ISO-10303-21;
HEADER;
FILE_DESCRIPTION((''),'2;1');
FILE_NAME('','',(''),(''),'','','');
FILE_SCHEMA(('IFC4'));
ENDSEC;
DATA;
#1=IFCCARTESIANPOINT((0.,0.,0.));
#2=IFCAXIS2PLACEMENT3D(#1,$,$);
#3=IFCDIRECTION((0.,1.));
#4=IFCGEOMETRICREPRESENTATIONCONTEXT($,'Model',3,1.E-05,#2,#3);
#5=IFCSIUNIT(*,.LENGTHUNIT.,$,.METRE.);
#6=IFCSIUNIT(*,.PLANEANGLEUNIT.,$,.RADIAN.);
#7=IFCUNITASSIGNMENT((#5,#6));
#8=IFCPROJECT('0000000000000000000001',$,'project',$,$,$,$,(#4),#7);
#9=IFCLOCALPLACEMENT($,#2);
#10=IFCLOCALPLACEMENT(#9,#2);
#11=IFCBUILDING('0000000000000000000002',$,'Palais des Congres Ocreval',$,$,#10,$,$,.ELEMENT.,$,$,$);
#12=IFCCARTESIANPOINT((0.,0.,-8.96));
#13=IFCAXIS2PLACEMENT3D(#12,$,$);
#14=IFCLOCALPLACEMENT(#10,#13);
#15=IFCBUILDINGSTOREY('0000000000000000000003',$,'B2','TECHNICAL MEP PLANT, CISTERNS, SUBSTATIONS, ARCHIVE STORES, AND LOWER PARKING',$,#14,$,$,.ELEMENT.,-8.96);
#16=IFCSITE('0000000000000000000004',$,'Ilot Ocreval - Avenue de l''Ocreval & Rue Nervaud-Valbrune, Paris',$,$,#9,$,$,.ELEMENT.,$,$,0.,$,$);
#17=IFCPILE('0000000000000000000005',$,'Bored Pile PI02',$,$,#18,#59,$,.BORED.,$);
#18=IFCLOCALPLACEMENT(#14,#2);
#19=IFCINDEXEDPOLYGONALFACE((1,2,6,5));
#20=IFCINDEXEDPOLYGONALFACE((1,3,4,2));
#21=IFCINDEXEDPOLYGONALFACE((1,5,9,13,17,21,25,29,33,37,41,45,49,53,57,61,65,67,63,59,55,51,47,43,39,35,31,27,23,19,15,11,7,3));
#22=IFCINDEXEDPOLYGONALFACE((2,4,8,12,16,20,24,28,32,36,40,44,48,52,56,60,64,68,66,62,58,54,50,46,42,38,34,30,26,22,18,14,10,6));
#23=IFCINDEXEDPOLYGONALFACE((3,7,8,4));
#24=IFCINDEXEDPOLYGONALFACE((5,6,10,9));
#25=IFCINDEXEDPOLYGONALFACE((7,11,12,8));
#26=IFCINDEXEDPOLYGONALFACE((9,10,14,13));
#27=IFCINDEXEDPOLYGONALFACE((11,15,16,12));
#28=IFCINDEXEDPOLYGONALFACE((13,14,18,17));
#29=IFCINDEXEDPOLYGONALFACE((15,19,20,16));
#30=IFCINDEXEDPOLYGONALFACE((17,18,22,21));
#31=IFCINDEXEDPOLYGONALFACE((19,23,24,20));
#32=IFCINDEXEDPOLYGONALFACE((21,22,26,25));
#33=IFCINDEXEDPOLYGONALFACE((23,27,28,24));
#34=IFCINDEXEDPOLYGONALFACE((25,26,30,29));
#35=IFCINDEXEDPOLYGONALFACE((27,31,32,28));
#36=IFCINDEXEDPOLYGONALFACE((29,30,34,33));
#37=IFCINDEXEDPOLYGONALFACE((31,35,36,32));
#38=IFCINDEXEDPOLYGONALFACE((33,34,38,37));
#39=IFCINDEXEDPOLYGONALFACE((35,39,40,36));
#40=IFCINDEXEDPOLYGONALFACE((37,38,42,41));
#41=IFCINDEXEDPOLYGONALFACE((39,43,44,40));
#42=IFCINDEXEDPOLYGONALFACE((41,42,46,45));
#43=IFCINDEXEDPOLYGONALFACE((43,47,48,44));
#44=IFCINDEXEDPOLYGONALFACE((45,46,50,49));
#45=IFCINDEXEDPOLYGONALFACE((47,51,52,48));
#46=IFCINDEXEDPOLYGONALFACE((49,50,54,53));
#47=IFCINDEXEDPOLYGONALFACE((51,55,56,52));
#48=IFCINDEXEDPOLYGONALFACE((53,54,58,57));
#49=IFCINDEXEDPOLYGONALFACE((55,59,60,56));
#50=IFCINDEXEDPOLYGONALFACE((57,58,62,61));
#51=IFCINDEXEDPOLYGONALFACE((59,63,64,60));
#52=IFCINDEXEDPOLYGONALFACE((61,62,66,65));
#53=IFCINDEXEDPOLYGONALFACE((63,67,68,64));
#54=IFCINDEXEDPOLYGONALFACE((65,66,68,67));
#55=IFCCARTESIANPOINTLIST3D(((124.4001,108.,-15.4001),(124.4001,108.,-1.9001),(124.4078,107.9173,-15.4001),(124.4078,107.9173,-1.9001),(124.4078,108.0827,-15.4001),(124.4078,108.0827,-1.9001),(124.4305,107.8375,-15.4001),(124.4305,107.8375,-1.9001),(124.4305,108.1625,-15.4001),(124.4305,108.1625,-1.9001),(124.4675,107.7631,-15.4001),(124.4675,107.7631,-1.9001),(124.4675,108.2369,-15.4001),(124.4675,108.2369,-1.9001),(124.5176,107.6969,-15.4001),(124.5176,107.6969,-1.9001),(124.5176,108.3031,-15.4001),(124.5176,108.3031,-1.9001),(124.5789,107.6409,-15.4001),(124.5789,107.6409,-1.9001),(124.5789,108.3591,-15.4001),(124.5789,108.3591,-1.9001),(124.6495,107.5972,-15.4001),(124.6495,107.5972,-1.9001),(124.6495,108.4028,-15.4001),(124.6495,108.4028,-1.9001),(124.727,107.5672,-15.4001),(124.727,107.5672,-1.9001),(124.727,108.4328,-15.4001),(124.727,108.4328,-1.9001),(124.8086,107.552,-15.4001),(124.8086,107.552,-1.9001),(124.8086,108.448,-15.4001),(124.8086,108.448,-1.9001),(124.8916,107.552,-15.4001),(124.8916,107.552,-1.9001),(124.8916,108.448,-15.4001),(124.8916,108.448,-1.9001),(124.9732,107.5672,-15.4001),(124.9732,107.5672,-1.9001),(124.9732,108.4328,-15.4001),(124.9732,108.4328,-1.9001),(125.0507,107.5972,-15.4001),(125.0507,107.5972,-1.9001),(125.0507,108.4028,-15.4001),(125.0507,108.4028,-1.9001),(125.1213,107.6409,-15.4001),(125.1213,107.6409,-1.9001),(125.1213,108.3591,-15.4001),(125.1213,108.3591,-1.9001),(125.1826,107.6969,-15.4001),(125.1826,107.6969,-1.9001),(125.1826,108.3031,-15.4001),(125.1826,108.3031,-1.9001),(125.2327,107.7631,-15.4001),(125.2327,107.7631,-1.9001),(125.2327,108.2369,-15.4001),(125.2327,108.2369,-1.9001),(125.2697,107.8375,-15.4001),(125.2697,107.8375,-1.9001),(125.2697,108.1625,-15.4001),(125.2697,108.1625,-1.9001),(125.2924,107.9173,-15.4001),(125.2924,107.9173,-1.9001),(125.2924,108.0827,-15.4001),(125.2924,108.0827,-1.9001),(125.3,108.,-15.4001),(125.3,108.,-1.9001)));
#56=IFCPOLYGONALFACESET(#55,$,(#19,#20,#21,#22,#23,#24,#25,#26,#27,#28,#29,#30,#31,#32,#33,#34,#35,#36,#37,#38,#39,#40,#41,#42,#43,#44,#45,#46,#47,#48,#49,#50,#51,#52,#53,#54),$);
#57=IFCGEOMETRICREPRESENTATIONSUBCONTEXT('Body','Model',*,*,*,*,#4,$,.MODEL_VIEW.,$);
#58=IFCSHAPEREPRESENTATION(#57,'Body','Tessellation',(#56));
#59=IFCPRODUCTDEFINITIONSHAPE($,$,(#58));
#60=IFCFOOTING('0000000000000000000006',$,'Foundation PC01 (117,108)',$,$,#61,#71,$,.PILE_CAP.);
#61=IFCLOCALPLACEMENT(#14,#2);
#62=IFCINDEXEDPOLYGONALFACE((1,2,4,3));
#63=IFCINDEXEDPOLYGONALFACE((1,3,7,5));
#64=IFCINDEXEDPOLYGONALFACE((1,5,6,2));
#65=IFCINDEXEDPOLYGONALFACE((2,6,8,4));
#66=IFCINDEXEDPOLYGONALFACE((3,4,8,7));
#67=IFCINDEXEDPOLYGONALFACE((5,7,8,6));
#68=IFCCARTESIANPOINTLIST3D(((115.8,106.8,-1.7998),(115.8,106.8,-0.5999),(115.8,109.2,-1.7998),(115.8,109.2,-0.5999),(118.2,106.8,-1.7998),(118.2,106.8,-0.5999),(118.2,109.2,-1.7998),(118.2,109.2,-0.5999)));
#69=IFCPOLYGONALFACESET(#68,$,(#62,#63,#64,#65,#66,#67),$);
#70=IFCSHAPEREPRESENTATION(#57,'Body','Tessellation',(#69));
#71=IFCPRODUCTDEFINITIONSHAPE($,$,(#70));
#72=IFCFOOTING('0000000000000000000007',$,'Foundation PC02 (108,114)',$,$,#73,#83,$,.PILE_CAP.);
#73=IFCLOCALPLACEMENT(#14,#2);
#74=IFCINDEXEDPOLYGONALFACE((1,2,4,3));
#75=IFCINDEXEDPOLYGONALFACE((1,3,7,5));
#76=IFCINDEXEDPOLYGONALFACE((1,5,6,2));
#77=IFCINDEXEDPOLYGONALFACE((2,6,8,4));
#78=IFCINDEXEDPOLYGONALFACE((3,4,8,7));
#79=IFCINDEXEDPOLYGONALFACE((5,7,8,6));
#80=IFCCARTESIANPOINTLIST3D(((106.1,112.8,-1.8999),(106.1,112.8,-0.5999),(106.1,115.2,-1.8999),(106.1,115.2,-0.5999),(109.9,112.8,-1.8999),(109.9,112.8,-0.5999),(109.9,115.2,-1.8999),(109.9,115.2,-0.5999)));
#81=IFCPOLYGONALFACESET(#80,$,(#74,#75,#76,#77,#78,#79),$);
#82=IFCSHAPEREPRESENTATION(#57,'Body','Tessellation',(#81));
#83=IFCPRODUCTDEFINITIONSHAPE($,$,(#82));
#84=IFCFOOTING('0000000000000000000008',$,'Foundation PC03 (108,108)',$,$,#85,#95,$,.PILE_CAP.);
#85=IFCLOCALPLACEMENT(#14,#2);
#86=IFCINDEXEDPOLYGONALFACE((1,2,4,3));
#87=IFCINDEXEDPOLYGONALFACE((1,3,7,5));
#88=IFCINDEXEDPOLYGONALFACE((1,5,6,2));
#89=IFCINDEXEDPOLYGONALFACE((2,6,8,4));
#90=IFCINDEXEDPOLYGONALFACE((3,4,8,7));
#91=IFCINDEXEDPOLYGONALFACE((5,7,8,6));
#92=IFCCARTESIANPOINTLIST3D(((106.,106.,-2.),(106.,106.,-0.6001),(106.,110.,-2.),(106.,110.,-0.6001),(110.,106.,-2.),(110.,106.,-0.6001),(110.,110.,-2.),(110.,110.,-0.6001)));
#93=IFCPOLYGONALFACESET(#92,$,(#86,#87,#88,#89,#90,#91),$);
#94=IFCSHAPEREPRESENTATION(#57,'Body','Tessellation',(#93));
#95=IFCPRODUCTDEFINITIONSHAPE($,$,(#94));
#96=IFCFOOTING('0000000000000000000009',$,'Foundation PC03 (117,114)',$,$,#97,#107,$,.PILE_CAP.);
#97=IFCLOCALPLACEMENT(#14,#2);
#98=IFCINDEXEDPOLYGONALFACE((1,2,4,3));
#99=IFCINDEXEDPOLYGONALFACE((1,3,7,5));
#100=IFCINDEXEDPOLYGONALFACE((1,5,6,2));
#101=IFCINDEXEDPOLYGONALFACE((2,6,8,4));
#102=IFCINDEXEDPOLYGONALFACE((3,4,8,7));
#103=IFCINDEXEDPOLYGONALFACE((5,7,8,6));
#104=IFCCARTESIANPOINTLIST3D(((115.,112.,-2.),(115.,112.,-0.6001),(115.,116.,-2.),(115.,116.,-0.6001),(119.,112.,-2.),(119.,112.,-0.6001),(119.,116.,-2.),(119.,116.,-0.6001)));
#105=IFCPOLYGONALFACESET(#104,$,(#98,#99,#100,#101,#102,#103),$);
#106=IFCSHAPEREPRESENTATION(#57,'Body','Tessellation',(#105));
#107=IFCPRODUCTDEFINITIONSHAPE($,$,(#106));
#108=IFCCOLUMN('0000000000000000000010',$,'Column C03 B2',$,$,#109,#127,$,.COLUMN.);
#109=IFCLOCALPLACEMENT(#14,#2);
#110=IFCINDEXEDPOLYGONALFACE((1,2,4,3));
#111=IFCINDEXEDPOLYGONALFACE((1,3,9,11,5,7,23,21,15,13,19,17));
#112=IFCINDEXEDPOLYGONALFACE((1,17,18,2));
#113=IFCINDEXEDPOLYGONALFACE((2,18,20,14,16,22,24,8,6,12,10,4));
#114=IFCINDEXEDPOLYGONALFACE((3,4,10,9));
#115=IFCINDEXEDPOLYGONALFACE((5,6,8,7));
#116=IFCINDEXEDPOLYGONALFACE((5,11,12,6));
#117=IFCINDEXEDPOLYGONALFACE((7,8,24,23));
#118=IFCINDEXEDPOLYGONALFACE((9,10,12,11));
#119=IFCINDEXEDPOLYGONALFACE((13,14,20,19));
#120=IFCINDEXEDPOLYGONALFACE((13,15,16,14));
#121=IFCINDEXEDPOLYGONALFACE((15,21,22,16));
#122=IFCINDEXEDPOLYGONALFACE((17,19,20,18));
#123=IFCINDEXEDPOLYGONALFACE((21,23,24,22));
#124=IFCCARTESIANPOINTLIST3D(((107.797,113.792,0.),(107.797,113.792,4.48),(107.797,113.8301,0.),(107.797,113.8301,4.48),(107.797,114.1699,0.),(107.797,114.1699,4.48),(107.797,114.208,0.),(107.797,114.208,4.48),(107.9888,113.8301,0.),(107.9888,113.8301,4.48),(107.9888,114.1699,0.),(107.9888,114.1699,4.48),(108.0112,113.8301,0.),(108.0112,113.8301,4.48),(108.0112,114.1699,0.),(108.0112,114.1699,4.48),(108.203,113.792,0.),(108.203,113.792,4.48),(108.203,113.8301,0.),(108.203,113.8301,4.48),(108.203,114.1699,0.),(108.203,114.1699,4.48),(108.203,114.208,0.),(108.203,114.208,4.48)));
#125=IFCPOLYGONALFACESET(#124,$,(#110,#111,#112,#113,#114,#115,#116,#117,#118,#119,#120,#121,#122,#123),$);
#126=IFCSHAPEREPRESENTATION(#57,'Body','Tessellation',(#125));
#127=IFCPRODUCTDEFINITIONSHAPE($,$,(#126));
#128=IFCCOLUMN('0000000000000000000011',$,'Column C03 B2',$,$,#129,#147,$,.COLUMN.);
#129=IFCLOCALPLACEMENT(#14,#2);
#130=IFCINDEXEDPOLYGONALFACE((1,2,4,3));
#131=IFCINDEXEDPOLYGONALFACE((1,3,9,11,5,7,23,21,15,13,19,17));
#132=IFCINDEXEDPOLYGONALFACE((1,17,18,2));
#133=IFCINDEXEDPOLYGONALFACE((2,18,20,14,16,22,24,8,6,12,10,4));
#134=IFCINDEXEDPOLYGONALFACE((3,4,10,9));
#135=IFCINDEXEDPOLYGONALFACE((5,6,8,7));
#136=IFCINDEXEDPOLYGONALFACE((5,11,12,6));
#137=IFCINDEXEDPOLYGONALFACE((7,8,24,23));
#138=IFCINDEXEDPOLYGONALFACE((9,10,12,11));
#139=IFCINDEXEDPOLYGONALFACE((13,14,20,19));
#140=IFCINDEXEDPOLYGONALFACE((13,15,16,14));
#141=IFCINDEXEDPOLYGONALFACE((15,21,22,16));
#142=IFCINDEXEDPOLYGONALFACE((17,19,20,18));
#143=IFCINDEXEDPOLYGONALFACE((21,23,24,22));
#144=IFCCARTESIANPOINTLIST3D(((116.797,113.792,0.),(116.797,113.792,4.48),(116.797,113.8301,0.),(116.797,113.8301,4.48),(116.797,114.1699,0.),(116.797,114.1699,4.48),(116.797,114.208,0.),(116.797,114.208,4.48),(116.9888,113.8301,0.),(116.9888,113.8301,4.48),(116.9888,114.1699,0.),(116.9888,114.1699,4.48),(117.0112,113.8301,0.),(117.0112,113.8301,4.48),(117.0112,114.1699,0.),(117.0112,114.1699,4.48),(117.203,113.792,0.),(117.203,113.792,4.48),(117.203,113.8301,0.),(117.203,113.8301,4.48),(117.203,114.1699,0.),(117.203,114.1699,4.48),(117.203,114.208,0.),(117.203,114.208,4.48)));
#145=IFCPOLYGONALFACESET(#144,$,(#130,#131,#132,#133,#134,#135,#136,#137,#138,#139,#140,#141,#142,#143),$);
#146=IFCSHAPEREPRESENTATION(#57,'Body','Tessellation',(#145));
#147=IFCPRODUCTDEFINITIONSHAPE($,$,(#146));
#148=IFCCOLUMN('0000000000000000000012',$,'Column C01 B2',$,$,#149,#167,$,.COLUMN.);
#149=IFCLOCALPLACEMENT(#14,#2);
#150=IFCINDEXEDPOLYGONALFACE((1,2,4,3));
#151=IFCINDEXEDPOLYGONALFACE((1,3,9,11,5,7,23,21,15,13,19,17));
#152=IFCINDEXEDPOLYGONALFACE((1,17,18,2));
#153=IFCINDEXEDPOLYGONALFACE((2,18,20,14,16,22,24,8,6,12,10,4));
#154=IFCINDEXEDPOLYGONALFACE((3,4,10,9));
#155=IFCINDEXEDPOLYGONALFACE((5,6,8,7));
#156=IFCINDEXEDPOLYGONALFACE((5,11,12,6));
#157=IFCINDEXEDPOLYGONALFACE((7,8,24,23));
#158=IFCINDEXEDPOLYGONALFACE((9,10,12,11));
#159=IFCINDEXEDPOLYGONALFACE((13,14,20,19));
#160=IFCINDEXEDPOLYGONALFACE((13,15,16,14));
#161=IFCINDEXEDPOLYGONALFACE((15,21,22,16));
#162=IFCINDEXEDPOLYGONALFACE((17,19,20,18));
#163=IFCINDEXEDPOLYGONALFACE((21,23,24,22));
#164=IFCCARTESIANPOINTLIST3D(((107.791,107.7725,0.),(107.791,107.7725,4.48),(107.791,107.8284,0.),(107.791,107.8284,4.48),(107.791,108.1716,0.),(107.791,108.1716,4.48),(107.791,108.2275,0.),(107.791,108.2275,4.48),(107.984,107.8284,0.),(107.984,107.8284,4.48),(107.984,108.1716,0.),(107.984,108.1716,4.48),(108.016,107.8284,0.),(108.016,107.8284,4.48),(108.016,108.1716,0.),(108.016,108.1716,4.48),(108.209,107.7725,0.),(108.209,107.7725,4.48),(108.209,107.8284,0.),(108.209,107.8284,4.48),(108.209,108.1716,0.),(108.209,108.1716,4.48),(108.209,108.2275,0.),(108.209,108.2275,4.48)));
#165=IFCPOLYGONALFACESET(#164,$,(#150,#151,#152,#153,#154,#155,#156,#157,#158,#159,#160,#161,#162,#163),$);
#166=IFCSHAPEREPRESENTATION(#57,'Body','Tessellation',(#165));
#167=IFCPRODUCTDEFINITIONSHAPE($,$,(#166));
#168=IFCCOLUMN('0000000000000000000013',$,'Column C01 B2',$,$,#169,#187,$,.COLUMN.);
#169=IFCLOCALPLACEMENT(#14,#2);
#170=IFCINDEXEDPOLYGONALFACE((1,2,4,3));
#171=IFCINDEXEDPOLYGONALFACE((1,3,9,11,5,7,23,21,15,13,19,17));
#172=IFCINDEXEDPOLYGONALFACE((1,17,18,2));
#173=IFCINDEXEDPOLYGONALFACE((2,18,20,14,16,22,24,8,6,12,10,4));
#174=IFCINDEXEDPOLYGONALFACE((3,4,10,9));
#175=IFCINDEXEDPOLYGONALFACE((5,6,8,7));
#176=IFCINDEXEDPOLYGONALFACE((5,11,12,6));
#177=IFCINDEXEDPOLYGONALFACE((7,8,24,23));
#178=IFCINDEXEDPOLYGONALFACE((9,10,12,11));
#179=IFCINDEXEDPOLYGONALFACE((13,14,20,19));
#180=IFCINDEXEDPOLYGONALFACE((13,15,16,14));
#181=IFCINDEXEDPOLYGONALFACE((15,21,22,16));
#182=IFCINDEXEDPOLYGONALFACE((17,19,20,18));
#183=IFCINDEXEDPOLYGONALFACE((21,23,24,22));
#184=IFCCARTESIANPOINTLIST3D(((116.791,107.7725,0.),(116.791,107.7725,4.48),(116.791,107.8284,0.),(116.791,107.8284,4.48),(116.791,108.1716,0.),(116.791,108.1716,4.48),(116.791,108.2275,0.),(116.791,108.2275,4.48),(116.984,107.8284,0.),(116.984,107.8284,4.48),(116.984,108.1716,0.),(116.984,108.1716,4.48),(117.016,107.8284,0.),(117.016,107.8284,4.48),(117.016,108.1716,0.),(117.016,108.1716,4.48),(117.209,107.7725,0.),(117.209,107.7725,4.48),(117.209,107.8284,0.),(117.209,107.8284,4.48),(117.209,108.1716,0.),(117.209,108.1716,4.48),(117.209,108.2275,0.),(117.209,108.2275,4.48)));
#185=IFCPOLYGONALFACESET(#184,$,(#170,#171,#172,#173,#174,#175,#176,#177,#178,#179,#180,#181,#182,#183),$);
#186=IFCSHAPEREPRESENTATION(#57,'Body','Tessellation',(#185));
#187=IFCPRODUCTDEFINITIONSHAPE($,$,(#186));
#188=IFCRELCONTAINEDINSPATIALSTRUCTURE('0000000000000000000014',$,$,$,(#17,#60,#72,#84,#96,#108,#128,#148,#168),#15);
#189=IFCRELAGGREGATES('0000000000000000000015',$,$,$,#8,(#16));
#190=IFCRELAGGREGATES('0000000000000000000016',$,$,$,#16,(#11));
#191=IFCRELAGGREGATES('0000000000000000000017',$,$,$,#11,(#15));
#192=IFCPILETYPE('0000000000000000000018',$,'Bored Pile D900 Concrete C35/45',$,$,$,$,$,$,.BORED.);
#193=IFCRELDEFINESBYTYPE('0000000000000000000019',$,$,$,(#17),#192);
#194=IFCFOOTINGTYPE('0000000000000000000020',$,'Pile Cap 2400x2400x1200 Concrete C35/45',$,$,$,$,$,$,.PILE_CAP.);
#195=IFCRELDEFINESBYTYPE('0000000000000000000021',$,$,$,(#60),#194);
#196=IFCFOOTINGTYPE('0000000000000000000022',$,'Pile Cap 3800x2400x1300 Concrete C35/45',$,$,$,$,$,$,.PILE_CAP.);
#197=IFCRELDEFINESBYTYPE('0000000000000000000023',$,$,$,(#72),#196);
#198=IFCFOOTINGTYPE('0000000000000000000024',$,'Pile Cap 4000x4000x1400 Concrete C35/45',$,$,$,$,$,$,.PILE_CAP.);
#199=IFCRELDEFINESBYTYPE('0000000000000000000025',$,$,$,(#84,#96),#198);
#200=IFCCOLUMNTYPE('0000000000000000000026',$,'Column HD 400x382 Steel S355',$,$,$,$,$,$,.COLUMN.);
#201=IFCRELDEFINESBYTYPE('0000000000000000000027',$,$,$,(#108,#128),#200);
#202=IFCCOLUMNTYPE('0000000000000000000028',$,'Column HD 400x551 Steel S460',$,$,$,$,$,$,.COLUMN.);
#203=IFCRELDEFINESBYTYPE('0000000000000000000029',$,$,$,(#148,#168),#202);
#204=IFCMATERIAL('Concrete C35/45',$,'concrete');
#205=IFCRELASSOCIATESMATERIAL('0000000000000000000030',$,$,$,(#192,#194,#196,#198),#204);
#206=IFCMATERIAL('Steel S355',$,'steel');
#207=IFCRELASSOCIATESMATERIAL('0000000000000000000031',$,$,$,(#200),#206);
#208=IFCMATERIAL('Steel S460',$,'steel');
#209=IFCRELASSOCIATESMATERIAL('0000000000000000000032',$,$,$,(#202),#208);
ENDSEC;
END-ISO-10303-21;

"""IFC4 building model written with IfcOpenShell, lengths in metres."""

from ifc_helpers import new_model, si_unit, direction, frame, origin, origin_2d, place, context, subcontext, project, spatial, rectangle, circle, i_section, extrude, material, material_profile, profile_set, type_object, element, save


model = new_model("IFC4")

# Units and contexts
model_context = context("Model", 3, precision=1e-05, world=origin(), true_north=direction((0.0, 1.0)))
body_context = subcontext(model_context, "Body", "Model", "MODEL_VIEW")
ifc_project = project(units=[si_unit("LENGTHUNIT", "METRE"), si_unit("PLANEANGLEUNIT", "RADIAN")], contexts=[model_context])

# Site, building, storey
site_placement = place(None, origin())
site = spatial("IfcSite", under=ifc_project, at=site_placement, Name="Ilot Ocreval - Avenue de l'Ocreval & Rue Nervaud-Valbrune, Paris", CompositionType="ELEMENT", RefElevation=0.0)
building_placement = place(site_placement, origin())
building = spatial("IfcBuilding", under=site, at=building_placement, Name="Palais des Congres Ocreval", CompositionType="ELEMENT")
storey_placement = place(building_placement, frame((0.0, 0.0, -8.96)))
storey = spatial("IfcBuildingStorey", under=building, at=storey_placement, Name="B2", Description="TECHNICAL MEP PLANT, CISTERNS, SUBSTATIONS, ARCHIVE STORES, AND LOWER PARKING", CompositionType="ELEMENT", Elevation=-8.96)

# Pile
ifc_material_1 = material(Name="Concrete C35/45", Category="concrete")
ifc_material_profile_1 = material_profile(ifc_material_1, circle(Radius=0.45, at=origin_2d()), Name="BORED PILE 900")
ifc_profile_set_1 = profile_set([ifc_material_profile_1], Name="Concrete C35/45")
pile_type_1 = type_object("IfcPileType", Name="Bored Pile D900 Concrete C35/45", PredefinedType="BORED", material=ifc_profile_set_1)
for number, where, z_axis, x_axis, name in (
    (1, (124.8501, 108.0, -1.9001), (0.0, 0.0, -1.0), (1.0, 0.0, 0.0), "Bored Pile PI02"),
):
    element("IfcPile", number, at=place(storey_placement, frame(where, z_axis=z_axis, x_axis=x_axis)), inside=storey, type_object=pile_type_1, Name=name, PredefinedType="BORED", context=body_context, shape_type="SweptSolid", body=[
        extrude(circle(Radius=0.45, at=origin_2d()), origin(), (0.0, 0.0, 1.0), 13.5),
    ])

# Footings
footing_type_1 = type_object("IfcFootingType", Name="Pile Cap 2400x2400x1200 Concrete C35/45", PredefinedType="PILE_CAP", material=ifc_material_1)
footing_1_placement = place(storey_placement, frame((117.0, 108.0, -1.7998), z_axis=(0.0, 0.0, 1.0), x_axis=(1.0, 0.0, 0.0)))
element("IfcFooting", 2, at=footing_1_placement, inside=storey, type_object=footing_type_1, Name="Foundation PC01 (117,108)", PredefinedType="PILE_CAP", context=body_context, shape_type="SweptSolid", body=[
    extrude(rectangle(XDim=2.3999, YDim=2.3999, at=origin_2d()), origin(), (0.0, 0.0, 1.0), 1.2),
])
footing_type_2 = type_object("IfcFootingType", Name="Pile Cap 3800x2400x1300 Concrete C35/45", PredefinedType="PILE_CAP", material=ifc_material_1)
footing_2_placement = place(storey_placement, frame((108.0, 114.0, -1.8999), z_axis=(0.0, 0.0, 1.0), x_axis=(1.0, 0.0, 0.0)))
element("IfcFooting", 3, at=footing_2_placement, inside=storey, type_object=footing_type_2, Name="Foundation PC02 (108,114)", PredefinedType="PILE_CAP", context=body_context, shape_type="SweptSolid", body=[
    extrude(rectangle(XDim=3.8, YDim=2.3999, at=origin_2d()), origin(), (0.0, 0.0, 1.0), 1.3),
])
footing_type_3 = type_object("IfcFootingType", Name="Pile Cap 4000x4000x1400 Concrete C35/45", PredefinedType="PILE_CAP", material=ifc_material_1)
for number, where, z_axis, x_axis, name in (
    (4, (108.0, 108.0, -2.0), (0.0, 0.0, 1.0), (1.0, 0.0, 0.0), "Foundation PC03 (108,108)"),
    (5, (117.0, 114.0, -2.0), (0.0, 0.0, 1.0), (1.0, 0.0, 0.0), "Foundation PC03 (117,114)"),
):
    element("IfcFooting", number, at=place(storey_placement, frame(where, z_axis=z_axis, x_axis=x_axis)), inside=storey, type_object=footing_type_3, Name=name, PredefinedType="PILE_CAP", context=body_context, shape_type="SweptSolid", body=[
        extrude(rectangle(XDim=4.0, YDim=4.0, at=origin_2d()), origin(), (0.0, 0.0, 1.0), 1.3999),
    ])

# Columns
ifc_material_2 = material(Name="Steel S355", Category="steel")
ifc_material_profile_2 = material_profile(ifc_material_2, i_section(OverallWidth=0.406, OverallDepth=0.416, WebThickness=0.0225, FlangeThickness=0.0381, at=origin_2d()), Name="HD 400x382")
ifc_profile_set_2 = profile_set([ifc_material_profile_2], Name="Steel S355")
column_type_1 = type_object("IfcColumnType", Name="Column HD 400x382 Steel S355", PredefinedType="COLUMN", material=ifc_profile_set_2)
for number, where, z_axis, x_axis, name in (
    (6, (108.0, 114.0, 0.0), (0.0, 0.0, 1.0), (1.0, 0.0, 0.0), "Column C03 B2"),
    (7, (117.0, 114.0, 0.0), (0.0, 0.0, 1.0), (1.0, 0.0, 0.0), "Column C03 B2"),
):
    element("IfcColumn", number, at=place(storey_placement, frame(where, z_axis=z_axis, x_axis=x_axis)), inside=storey, type_object=column_type_1, Name=name, PredefinedType="COLUMN", context=body_context, shape_type="SweptSolid", body=[
        extrude(i_section(OverallWidth=0.406, OverallDepth=0.416, WebThickness=0.0225, FlangeThickness=0.0381, at=origin_2d()), origin(), (0.0, 0.0, 1.0), 4.48),
    ])
ifc_material_3 = material(Name="Steel S460", Category="steel")
ifc_material_profile_3 = material_profile(ifc_material_3, i_section(OverallWidth=0.418, OverallDepth=0.4551, WebThickness=0.032, FlangeThickness=0.0559, at=origin_2d()), Name="HD 400x551")
ifc_profile_set_3 = profile_set([ifc_material_profile_3], Name="Steel S460")
column_type_2 = type_object("IfcColumnType", Name="Column HD 400x551 Steel S460", PredefinedType="COLUMN", material=ifc_profile_set_3)
for number, where, z_axis, x_axis, name in (
    (8, (108.0, 108.0, 0.0), (0.0, 0.0, 1.0), (1.0, 0.0, 0.0), "Column C01 B2"),
    (9, (117.0, 108.0, 0.0), (0.0, 0.0, 1.0), (1.0, 0.0, 0.0), "Column C01 B2"),
):
    element("IfcColumn", number, at=place(storey_placement, frame(where, z_axis=z_axis, x_axis=x_axis)), inside=storey, type_object=column_type_2, Name=name, PredefinedType="COLUMN", context=body_context, shape_type="SweptSolid", body=[
        extrude(i_section(OverallWidth=0.418, OverallDepth=0.4551, WebThickness=0.032, FlangeThickness=0.0559, at=origin_2d()), origin(), (0.0, 0.0, 1.0), 4.48),
    ])

save(model, "model.ifc")
